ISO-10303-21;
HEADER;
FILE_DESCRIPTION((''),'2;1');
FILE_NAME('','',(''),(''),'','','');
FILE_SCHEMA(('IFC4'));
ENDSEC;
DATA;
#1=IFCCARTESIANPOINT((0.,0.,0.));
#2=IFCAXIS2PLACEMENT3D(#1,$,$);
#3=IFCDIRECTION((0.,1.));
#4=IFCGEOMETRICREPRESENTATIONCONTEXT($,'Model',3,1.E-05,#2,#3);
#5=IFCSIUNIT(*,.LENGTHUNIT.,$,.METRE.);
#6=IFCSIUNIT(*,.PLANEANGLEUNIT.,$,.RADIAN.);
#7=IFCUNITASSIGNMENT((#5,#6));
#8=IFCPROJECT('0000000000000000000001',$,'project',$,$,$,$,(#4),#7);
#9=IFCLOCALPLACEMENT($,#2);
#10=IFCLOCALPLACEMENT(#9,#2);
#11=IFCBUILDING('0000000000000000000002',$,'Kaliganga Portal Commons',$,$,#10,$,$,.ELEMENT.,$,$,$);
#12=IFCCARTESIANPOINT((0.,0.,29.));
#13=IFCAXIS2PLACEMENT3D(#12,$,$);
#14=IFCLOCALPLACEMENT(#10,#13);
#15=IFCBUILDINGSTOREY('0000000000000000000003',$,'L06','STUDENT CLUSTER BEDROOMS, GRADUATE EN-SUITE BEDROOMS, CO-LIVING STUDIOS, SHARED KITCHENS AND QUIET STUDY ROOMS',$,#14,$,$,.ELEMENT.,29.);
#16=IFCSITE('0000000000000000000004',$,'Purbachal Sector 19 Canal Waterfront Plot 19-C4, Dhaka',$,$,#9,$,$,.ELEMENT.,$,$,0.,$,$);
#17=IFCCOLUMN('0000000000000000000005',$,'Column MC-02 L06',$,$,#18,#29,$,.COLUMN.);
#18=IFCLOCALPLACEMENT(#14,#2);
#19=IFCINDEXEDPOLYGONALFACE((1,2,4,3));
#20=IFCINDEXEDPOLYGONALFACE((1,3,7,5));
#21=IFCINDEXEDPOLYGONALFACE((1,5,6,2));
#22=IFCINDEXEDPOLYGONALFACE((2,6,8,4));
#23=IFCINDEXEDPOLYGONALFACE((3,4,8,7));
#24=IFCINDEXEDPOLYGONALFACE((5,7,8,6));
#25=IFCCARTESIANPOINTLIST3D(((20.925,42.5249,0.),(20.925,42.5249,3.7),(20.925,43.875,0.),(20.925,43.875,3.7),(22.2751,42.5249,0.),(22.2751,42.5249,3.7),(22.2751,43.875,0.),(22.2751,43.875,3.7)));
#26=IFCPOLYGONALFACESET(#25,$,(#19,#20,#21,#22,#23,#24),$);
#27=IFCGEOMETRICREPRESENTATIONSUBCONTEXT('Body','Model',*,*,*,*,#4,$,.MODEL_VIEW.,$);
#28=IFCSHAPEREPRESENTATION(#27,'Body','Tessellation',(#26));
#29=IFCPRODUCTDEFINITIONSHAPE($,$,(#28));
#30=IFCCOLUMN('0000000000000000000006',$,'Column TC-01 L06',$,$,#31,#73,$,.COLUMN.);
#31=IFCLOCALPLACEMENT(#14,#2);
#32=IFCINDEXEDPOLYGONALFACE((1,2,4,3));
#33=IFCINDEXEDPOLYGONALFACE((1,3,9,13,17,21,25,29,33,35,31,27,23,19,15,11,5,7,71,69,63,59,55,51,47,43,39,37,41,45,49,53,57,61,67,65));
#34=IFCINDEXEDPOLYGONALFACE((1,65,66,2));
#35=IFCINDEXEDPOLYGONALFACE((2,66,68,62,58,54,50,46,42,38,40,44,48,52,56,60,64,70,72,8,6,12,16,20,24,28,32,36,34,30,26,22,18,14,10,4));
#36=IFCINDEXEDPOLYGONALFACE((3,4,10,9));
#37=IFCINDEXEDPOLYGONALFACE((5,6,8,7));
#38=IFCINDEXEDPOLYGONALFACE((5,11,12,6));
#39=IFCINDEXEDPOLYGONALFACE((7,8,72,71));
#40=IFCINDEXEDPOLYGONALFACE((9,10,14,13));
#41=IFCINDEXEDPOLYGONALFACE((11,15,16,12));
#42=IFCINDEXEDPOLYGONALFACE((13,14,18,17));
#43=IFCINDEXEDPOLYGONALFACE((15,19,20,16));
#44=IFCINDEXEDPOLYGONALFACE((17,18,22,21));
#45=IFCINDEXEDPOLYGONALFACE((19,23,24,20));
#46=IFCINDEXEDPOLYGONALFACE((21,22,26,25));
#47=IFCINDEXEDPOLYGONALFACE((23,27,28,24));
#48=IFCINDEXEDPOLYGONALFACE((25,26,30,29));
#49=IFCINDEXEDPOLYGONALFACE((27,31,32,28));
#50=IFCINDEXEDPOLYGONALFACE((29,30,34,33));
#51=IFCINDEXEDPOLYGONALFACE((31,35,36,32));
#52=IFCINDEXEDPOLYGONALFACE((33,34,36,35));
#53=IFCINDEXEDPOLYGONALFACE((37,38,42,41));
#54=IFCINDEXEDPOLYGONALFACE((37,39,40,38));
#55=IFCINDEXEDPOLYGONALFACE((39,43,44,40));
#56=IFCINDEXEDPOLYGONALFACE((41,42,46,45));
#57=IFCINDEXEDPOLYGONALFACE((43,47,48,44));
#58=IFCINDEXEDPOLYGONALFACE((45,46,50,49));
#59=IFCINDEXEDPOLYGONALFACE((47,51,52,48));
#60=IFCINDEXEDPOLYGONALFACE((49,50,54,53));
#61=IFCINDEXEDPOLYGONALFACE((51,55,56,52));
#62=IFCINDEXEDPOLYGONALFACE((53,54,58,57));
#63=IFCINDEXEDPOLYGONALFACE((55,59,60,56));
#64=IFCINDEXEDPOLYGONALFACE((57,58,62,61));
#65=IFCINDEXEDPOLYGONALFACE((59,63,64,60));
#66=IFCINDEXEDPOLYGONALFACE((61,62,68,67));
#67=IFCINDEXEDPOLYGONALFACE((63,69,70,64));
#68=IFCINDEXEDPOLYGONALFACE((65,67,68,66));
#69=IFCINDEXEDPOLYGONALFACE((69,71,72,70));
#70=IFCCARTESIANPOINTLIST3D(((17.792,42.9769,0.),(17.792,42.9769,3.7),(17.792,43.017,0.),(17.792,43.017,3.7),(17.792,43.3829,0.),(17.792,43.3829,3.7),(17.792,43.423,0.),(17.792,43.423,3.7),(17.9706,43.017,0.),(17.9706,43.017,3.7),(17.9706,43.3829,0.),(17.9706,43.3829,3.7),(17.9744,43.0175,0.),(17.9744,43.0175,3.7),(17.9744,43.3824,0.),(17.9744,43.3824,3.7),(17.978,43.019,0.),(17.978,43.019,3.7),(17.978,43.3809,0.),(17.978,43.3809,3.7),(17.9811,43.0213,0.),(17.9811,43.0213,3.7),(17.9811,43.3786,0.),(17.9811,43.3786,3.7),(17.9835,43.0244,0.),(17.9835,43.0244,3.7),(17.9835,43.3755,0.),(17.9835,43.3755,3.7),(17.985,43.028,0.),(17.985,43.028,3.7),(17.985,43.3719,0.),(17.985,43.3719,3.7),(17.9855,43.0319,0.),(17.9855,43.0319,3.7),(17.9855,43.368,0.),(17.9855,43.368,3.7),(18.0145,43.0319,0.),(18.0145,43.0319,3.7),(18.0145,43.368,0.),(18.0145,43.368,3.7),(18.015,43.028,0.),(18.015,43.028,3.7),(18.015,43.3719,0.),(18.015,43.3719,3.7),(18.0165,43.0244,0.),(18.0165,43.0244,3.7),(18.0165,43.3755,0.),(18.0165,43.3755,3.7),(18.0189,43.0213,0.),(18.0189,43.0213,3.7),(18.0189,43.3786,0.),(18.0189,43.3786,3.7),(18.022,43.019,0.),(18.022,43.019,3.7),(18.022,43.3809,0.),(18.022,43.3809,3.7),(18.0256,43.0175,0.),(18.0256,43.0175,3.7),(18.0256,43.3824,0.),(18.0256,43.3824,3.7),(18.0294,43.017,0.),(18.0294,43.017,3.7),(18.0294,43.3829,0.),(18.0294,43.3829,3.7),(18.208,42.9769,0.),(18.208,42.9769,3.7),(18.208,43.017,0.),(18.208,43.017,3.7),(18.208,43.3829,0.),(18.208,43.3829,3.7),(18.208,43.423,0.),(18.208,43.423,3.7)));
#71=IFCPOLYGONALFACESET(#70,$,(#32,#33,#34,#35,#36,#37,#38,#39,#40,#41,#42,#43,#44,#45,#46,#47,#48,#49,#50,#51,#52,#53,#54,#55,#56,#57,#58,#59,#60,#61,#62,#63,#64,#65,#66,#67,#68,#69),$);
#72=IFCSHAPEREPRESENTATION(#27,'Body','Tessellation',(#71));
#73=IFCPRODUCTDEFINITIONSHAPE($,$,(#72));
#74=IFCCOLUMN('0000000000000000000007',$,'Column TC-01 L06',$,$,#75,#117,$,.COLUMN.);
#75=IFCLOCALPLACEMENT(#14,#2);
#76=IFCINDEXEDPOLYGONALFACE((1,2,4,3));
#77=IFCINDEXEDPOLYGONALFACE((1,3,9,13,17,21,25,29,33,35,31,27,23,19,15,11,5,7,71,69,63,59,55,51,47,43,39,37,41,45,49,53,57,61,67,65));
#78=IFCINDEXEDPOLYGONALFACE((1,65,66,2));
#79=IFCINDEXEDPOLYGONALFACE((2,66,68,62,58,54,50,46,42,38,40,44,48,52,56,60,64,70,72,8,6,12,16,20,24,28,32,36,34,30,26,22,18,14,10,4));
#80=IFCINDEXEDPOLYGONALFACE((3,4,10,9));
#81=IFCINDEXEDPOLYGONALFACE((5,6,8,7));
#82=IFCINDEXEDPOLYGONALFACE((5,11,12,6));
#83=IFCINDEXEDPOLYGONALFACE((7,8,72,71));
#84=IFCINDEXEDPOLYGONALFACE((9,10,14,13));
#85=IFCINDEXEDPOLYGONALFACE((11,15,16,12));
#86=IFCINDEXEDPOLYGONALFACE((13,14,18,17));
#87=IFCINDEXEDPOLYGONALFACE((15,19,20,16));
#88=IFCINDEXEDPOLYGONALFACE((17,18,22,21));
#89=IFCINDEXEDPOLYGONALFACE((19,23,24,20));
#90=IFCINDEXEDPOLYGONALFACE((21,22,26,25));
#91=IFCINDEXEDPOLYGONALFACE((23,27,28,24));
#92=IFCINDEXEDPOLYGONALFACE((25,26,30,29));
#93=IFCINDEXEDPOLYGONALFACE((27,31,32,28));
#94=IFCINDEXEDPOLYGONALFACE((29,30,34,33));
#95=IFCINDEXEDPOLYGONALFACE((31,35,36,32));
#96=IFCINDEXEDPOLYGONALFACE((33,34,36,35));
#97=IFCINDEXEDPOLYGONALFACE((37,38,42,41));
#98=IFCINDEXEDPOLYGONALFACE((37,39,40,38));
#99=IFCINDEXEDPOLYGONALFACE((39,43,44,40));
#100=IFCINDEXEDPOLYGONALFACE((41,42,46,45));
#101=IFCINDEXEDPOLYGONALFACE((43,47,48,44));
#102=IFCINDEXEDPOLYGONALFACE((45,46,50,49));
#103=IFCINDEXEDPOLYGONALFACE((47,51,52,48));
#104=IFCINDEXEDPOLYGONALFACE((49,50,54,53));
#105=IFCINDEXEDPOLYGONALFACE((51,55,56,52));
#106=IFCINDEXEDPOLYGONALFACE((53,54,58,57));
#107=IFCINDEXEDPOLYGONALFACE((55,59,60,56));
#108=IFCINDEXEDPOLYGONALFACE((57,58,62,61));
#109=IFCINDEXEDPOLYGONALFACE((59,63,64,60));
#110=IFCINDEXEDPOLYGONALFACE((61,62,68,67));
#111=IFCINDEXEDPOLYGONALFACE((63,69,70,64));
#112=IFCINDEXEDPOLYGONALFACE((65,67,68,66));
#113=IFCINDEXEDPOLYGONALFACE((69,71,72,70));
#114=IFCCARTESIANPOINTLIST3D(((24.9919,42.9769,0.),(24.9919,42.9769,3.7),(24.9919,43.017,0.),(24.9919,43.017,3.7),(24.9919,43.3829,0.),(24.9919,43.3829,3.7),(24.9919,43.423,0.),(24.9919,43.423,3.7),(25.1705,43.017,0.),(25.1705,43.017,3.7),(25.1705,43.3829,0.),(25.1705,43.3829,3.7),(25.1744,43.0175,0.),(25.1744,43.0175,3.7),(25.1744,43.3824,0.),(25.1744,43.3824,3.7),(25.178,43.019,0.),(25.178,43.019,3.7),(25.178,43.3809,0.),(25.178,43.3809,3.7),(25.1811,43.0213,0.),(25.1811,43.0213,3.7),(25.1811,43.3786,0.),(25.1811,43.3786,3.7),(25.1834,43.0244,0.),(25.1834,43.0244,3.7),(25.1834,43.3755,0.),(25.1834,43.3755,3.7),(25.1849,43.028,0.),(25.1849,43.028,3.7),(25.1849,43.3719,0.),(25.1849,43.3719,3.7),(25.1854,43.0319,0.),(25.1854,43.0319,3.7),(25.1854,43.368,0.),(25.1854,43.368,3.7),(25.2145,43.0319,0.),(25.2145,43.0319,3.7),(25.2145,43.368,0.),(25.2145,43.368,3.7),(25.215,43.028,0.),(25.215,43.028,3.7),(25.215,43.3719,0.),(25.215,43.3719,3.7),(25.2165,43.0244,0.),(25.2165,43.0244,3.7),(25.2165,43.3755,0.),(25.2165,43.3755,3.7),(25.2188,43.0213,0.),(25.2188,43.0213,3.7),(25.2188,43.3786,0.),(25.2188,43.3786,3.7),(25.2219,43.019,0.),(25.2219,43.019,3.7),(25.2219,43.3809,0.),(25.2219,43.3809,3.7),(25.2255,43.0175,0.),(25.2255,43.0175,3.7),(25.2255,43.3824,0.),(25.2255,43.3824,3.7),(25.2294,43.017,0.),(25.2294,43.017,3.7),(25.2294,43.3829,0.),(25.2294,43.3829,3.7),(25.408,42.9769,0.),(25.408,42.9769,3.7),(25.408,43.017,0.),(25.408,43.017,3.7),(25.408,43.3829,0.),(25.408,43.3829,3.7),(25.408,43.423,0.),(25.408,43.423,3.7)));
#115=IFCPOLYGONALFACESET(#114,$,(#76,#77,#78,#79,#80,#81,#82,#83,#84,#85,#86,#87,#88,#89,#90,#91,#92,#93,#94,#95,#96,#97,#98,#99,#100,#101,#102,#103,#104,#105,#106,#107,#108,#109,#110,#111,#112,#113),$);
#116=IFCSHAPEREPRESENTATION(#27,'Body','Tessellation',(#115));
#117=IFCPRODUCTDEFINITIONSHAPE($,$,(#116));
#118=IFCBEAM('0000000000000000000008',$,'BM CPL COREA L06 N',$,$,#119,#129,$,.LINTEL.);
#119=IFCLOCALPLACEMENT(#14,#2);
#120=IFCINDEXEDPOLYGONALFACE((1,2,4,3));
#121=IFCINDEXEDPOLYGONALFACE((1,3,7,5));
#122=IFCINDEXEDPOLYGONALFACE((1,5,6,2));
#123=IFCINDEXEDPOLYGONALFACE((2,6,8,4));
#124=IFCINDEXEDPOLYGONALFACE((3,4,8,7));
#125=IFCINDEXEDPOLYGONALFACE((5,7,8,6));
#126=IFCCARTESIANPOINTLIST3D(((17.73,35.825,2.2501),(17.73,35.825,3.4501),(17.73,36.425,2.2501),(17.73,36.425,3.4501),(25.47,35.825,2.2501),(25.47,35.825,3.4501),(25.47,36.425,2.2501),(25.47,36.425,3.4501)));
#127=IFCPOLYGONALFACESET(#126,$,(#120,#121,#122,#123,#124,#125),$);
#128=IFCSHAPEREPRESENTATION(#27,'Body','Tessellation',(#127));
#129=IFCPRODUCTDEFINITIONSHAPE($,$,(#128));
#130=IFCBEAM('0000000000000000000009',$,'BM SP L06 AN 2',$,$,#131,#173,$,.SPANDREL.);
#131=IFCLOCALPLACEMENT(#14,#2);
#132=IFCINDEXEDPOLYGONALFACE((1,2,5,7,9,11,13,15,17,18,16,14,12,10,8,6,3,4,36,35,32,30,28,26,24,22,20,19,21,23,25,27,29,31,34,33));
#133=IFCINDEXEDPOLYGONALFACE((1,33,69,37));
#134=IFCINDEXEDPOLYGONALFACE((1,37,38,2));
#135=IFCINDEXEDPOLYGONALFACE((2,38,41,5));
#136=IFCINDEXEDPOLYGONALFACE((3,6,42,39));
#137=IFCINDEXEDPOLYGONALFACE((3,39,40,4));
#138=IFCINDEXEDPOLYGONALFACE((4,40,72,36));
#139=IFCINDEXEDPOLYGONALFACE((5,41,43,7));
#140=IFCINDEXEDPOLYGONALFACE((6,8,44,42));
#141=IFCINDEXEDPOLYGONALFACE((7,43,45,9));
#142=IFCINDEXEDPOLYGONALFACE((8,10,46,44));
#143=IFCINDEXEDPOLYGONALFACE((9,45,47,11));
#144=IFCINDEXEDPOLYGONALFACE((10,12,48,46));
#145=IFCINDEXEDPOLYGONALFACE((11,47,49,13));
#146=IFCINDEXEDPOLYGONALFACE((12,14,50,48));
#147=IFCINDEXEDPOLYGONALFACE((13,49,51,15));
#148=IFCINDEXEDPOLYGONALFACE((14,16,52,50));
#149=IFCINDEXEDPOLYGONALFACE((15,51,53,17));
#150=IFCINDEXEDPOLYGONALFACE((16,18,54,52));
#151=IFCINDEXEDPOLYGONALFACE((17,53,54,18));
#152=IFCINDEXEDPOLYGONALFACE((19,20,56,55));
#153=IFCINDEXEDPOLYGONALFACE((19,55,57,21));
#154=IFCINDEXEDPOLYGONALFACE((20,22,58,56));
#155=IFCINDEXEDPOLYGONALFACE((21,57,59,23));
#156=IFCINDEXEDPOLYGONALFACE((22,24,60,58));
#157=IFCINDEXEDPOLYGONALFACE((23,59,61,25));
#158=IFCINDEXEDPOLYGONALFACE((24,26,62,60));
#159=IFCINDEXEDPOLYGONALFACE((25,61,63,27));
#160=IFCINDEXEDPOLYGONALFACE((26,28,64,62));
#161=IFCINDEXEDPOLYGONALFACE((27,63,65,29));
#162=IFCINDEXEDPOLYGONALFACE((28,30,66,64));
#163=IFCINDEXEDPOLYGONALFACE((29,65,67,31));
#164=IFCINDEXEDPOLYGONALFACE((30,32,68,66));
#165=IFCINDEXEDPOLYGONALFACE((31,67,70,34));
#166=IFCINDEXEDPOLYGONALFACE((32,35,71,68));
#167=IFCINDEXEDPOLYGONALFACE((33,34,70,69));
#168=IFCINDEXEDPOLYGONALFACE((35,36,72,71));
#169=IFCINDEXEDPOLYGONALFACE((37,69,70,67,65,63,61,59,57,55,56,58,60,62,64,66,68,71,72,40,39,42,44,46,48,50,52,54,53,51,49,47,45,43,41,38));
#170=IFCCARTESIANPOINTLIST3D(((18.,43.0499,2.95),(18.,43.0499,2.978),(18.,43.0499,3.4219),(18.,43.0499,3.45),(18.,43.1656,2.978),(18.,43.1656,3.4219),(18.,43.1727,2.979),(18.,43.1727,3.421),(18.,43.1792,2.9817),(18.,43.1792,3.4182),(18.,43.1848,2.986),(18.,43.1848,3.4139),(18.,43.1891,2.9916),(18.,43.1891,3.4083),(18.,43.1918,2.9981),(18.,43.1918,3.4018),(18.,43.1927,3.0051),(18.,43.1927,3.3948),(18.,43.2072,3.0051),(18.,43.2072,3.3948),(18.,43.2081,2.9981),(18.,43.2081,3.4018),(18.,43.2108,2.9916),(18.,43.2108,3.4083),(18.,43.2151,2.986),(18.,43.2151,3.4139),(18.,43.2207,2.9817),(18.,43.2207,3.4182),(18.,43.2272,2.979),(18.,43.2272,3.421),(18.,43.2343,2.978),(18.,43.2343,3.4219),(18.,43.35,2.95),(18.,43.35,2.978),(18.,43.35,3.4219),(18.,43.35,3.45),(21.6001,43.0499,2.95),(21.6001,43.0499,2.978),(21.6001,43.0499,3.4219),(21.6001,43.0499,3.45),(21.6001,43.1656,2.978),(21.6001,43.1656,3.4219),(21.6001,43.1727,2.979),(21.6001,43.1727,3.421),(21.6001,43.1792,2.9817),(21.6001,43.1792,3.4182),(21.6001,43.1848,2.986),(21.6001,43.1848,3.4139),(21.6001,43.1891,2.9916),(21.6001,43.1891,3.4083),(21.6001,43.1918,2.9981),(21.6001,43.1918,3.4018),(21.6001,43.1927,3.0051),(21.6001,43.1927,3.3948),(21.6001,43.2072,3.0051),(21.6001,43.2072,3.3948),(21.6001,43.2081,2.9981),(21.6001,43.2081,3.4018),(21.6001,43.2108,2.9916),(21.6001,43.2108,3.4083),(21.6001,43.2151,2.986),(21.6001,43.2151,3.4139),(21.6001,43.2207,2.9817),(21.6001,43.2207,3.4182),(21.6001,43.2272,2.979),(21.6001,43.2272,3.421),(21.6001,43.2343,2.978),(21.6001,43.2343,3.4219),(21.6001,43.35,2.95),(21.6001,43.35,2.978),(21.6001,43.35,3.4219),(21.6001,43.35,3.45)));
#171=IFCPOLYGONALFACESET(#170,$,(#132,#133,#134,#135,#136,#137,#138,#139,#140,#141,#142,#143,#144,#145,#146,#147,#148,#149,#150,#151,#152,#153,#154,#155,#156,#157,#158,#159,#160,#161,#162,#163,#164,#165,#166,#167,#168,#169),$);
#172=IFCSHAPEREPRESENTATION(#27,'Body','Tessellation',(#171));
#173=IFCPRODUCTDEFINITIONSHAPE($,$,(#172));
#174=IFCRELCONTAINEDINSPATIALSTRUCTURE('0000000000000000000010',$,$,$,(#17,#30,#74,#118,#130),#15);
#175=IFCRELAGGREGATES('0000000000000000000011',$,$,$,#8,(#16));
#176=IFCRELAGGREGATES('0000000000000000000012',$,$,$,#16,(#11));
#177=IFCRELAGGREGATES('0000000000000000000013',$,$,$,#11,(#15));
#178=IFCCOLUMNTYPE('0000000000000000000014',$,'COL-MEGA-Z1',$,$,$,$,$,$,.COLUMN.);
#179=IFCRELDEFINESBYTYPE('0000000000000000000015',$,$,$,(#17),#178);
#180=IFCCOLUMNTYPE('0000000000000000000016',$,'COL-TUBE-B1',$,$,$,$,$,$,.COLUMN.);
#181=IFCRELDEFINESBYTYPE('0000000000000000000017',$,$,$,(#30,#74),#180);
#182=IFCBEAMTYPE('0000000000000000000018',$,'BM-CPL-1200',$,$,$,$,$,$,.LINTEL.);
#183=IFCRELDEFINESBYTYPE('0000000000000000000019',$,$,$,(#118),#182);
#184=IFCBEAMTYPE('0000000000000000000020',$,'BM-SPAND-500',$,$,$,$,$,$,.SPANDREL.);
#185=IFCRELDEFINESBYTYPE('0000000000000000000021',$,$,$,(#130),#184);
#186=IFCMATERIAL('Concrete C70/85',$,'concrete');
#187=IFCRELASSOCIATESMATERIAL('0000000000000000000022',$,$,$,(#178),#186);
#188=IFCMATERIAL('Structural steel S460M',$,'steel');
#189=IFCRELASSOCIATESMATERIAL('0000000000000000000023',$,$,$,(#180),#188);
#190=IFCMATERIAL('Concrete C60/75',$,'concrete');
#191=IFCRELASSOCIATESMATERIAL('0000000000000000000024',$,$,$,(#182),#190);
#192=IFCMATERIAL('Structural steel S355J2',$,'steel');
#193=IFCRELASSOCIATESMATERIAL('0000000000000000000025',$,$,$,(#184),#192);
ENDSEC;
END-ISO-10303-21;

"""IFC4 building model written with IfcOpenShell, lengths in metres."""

from ifc_helpers import new_model, si_unit, direction, frame, origin, origin_2d, place, context, subcontext, project, spatial, rectangle, i_section, extrude, source, transform, mapped, material, material_profile, profile_set, type_object, element, save


model = new_model("IFC4")

# Units and contexts
model_context = context("Model", 3, precision=1e-05, world=origin(), true_north=direction((0.0, 1.0)))
body_context = subcontext(model_context, "Body", "Model", "MODEL_VIEW")
ifc_project = project(units=[si_unit("LENGTHUNIT", "METRE"), si_unit("PLANEANGLEUNIT", "RADIAN")], contexts=[model_context])

# Site, building, storey
site_placement = place(None, origin())
site = spatial("IfcSite", under=ifc_project, at=site_placement, Name="Purbachal Sector 19 Canal Waterfront Plot 19-C4, Dhaka", CompositionType="ELEMENT", RefElevation=0.0)
building_placement = place(site_placement, origin())
building = spatial("IfcBuilding", under=site, at=building_placement, Name="Kaliganga Portal Commons", CompositionType="ELEMENT")
storey_placement = place(building_placement, frame((0.0, 0.0, 29.0)))
storey = spatial("IfcBuildingStorey", under=building, at=storey_placement, Name="L06", Description="STUDENT CLUSTER BEDROOMS, GRADUATE EN-SUITE BEDROOMS, CO-LIVING STUDIOS, SHARED KITCHENS AND QUIET STUDY ROOMS", CompositionType="ELEMENT", Elevation=29.0)

# Columns
ifc_material_1 = material(Name="Concrete C70/85", Category="concrete")
ifc_material_profile_1 = material_profile(ifc_material_1, rectangle(XDim=1.3501, YDim=1.3501, at=origin_2d()), Name="RC 1350x1350")
ifc_profile_set_1 = profile_set([ifc_material_profile_1], Name="Concrete C70/85")
column_type_1 = type_object("IfcColumnType", Name="COL-MEGA-Z1", PredefinedType="COLUMN", material=ifc_profile_set_1)
shared_shape_1 = source(origin(), body_context, "Body", "SweptSolid", [
    extrude(rectangle(XDim=1.3501, YDim=1.3501, at=origin_2d()), origin(), (0.0, 0.0, 1.0), 3.7),
])
column_placement = place(storey_placement, frame((21.6001, 43.2, 0.0), z_axis=(0.0, 0.0, 1.0), x_axis=(1.0, 0.0, 0.0)))
element("IfcColumn", 1, at=column_placement, inside=storey, type_object=column_type_1, Name="Column MC-02 L06", PredefinedType="COLUMN", context=body_context, shape_type="MappedRepresentation", body=[
    mapped(shared_shape_1, transform((0.0, 0.0, 0.0), x_axis=(1.0, 0.0, 0.0), y_axis=(0.0, 1.0, 0.0), z_axis=(0.0, 0.0, 1.0), scale=1.0)),
])
ifc_material_2 = material(Name="Structural steel S460M", Category="steel")
ifc_material_profile_2 = material_profile(ifc_material_2, i_section(OverallWidth=0.416, OverallDepth=0.446, WebThickness=0.0291, FlangeThickness=0.04, FilletRadius=0.0149, at=origin_2d()), Name="HD 400x509")
ifc_profile_set_2 = profile_set([ifc_material_profile_2], Name="Structural steel S460M wide-flange")
column_type_2 = type_object("IfcColumnType", Name="COL-TUBE-B1", PredefinedType="COLUMN", material=ifc_profile_set_2)
shared_shape_2 = source(origin(), body_context, "Body", "SweptSolid", [
    extrude(i_section(OverallWidth=0.416, OverallDepth=0.446, WebThickness=0.0291, FlangeThickness=0.04, FilletRadius=0.0149, at=origin_2d()), origin(), (0.0, 0.0, 1.0), 3.7),
])
for number, where, z_axis, x_axis, name in (
    (2, (18.0, 43.2, 0.0), (0.0, 0.0, 1.0), (1.0, 0.0, 0.0), "Column TC-01 L06"),
    (3, (25.2, 43.2, 0.0), (0.0, 0.0, 1.0), (1.0, 0.0, 0.0), "Column TC-01 L06"),
):
    element("IfcColumn", number, at=place(storey_placement, frame(where, z_axis=z_axis, x_axis=x_axis)), inside=storey, type_object=column_type_2, Name=name, PredefinedType="COLUMN", context=body_context, shape_type="MappedRepresentation", body=[
        mapped(shared_shape_2, transform((0.0, 0.0, 0.0), x_axis=(1.0, 0.0, 0.0), y_axis=(0.0, 1.0, 0.0), z_axis=(0.0, 0.0, 1.0), scale=1.0)),
    ])

# Beams
ifc_material_3 = material(Name="Concrete C60/75", Category="concrete")
ifc_material_profile_3 = material_profile(ifc_material_3, rectangle(XDim=0.6001, YDim=1.2, at=origin_2d()), Name="RC 600x1200")
ifc_profile_set_3 = profile_set([ifc_material_profile_3], Name="Concrete C60/75")
beam_type_1 = type_object("IfcBeamType", Name="BM-CPL-1200", PredefinedType="LINTEL", material=ifc_profile_set_3)
shared_shape_3 = source(origin(), body_context, "Body", "SweptSolid", [
    extrude(rectangle(XDim=0.6001, YDim=1.2, at=origin_2d()), origin(), (0.0, 0.0, 1.0), 7.74),
])
beam_1_placement = place(storey_placement, frame((17.73, 36.125, 2.8501), z_axis=(1.0, 0.0, 0.0), x_axis=(0.0, 1.0, 0.0)))
element("IfcBeam", 4, at=beam_1_placement, inside=storey, type_object=beam_type_1, Name="BM CPL COREA L06 N", PredefinedType="LINTEL", context=body_context, shape_type="MappedRepresentation", body=[
    mapped(shared_shape_3, transform((0.0, 0.0, 0.0), x_axis=(1.0, 0.0, 0.0), y_axis=(0.0, 1.0, 0.0), z_axis=(0.0, 0.0, 1.0), scale=1.0)),
])
ifc_material_4 = material(Name="Structural steel S355J2", Category="steel")
ifc_material_profile_4 = material_profile(ifc_material_4, i_section(OverallWidth=0.3, OverallDepth=0.5, WebThickness=0.0144, FlangeThickness=0.0281, FilletRadius=0.0271, at=origin_2d()), Name="HE 500 B")
ifc_profile_set_4 = profile_set([ifc_material_profile_4], Name="Structural steel S355J2 wide-flange")
beam_type_2 = type_object("IfcBeamType", Name="BM-SPAND-500", PredefinedType="SPANDREL", material=ifc_profile_set_4)
shared_shape_4 = source(origin(), body_context, "Body", "SweptSolid", [
    extrude(i_section(OverallWidth=0.3, OverallDepth=0.5, WebThickness=0.0144, FlangeThickness=0.0281, FilletRadius=0.0271, at=origin_2d()), origin(), (0.0, 0.0, 1.0), 3.6001),
])
for number, where, z_axis, x_axis, name in (
    (5, (18.0, 43.2, 3.2), (1.0, 0.0, 0.0), (0.0, 1.0, 0.0), "BM SP L06 AN 2"),
):
    element("IfcBeam", number, at=place(storey_placement, frame(where, z_axis=z_axis, x_axis=x_axis)), inside=storey, type_object=beam_type_2, Name=name, PredefinedType="SPANDREL", context=body_context, shape_type="MappedRepresentation", body=[
        mapped(shared_shape_4, transform((0.0, 0.0, 0.0), x_axis=(1.0, 0.0, 0.0), y_axis=(0.0, 1.0, 0.0), z_axis=(0.0, 0.0, 1.0), scale=1.0)),
    ])

save(model, "model.ifc")
